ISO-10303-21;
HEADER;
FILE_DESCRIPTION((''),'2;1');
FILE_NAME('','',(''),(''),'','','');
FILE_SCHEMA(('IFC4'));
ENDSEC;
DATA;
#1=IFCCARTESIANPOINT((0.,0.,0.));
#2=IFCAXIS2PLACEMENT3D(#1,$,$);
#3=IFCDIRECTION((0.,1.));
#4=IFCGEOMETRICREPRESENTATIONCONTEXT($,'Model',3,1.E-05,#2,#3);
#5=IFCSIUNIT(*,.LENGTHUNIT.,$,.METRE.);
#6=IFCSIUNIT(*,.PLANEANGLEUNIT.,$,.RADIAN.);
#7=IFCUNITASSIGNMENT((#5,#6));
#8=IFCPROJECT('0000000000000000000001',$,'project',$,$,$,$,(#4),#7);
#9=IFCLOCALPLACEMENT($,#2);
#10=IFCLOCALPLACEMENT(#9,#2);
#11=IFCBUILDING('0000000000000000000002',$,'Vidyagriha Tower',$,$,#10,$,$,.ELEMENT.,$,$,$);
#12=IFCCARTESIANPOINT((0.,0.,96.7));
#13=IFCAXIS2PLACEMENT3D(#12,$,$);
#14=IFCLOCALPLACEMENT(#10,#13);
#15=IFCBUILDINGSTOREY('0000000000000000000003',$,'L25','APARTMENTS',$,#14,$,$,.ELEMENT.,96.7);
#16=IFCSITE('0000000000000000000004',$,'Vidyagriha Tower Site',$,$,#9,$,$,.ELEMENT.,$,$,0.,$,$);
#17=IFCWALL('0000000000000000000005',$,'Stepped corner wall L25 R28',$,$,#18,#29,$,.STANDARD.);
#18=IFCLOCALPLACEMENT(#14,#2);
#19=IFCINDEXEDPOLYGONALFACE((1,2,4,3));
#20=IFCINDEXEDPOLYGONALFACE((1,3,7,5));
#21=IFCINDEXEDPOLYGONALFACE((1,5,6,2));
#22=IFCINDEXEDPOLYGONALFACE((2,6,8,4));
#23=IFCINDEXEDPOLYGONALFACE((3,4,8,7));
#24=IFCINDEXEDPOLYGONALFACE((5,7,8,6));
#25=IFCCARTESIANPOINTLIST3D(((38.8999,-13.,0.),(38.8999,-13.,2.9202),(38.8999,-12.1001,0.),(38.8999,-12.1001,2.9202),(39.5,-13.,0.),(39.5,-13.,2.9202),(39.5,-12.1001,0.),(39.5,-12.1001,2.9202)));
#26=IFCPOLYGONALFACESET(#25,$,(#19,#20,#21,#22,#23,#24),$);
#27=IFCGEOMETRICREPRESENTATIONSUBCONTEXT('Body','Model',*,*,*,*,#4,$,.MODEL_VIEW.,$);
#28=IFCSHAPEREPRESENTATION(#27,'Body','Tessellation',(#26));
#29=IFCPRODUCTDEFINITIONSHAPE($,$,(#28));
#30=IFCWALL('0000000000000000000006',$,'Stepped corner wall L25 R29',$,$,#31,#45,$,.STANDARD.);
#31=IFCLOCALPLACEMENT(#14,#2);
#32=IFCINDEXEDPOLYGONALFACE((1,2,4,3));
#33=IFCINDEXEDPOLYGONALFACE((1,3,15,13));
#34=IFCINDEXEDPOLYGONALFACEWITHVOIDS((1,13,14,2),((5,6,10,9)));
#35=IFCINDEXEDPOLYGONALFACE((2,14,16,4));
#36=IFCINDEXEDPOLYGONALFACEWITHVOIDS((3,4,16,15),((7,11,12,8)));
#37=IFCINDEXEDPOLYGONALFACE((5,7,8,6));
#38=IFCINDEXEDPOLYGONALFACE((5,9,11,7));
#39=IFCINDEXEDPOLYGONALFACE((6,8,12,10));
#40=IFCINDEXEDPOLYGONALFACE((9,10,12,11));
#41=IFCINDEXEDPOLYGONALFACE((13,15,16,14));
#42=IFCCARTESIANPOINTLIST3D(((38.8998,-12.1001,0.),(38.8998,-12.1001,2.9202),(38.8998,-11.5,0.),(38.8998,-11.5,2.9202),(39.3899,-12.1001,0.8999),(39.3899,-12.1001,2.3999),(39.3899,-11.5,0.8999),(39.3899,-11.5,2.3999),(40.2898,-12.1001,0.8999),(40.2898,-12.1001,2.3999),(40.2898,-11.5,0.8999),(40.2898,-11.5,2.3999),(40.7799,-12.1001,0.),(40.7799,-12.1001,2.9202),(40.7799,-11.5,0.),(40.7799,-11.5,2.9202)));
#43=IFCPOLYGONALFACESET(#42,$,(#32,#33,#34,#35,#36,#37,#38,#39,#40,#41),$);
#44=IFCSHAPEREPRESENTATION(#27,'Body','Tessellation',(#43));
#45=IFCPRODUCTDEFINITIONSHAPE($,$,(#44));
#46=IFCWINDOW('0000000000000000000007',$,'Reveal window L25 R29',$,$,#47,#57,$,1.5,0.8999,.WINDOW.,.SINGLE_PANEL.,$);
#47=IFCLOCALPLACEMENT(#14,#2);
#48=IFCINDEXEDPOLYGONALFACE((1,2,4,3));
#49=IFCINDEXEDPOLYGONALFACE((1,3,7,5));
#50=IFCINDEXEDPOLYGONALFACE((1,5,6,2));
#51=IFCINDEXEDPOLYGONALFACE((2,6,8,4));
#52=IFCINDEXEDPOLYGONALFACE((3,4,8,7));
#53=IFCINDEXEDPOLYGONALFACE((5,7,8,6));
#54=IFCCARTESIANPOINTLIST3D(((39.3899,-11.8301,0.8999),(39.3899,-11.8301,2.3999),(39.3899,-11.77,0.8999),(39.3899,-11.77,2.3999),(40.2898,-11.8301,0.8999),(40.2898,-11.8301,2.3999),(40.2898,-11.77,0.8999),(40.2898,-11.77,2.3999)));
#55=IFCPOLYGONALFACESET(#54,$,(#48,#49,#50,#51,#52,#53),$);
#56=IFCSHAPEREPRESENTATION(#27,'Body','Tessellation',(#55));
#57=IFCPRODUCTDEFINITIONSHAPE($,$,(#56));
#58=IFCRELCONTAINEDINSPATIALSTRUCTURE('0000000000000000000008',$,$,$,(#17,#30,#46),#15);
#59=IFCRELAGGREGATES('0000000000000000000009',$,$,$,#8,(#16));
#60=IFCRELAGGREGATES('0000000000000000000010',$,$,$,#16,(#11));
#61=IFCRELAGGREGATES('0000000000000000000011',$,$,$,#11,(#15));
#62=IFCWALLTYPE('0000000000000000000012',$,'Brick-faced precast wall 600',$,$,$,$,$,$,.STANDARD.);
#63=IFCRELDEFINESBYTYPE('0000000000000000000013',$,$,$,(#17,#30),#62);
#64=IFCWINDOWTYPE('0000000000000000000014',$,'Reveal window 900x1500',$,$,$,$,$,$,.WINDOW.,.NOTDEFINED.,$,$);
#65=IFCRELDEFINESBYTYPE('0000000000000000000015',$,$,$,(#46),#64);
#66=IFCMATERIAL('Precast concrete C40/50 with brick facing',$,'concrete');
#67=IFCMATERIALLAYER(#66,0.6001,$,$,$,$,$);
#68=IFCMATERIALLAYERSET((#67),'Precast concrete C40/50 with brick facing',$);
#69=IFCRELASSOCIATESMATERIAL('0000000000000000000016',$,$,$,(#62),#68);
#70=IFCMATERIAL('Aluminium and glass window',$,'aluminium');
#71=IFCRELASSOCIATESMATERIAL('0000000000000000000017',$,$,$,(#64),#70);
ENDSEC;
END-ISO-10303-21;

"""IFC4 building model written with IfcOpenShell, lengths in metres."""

from ifc_helpers import new_model, si_unit, direction, frame, frame_2d, origin, place, context, subcontext, project, spatial, rectangle, extrude, material, layer, layer_set, type_object, element, fill, save


model = new_model("IFC4")

# Units and contexts
model_context = context("Model", 3, precision=1e-05, world=origin(), true_north=direction((0.0, 1.0)))
body_context = subcontext(model_context, "Body", "Model", "MODEL_VIEW")
ifc_project = project(units=[si_unit("LENGTHUNIT", "METRE"), si_unit("PLANEANGLEUNIT", "RADIAN")], contexts=[model_context])

# Site, building, storey
site_placement = place(None, origin())
site = spatial("IfcSite", under=ifc_project, at=site_placement, Name="Vidyagriha Tower Site", CompositionType="ELEMENT", RefElevation=0.0)
building_placement = place(site_placement, origin())
building = spatial("IfcBuilding", under=site, at=building_placement, Name="Vidyagriha Tower", CompositionType="ELEMENT")
storey_placement = place(building_placement, frame((0.0, 0.0, 96.7)))
storey = spatial("IfcBuildingStorey", under=building, at=storey_placement, Name="L25", Description="APARTMENTS", CompositionType="ELEMENT", Elevation=96.7)

# Shared definitions
ifc_material_1 = material(Name="Precast concrete C40/50 with brick facing", Category="concrete")
ifc_layer_1 = layer(ifc_material_1, 0.6001)
ifc_layer_set_1 = layer_set([ifc_layer_1], Name="Precast concrete C40/50 with brick facing")
wall_type = type_object("IfcWallType", Name="Brick-faced precast wall 600", PredefinedType="STANDARD", material=ifc_layer_set_1)

# Shared definitions
ifc_material_2 = material(Name="Aluminium and glass window", Category="aluminium")
window_type = type_object("IfcWindowType", Name="Reveal window 900x1500", PartitioningType="NOTDEFINED", PredefinedType="WINDOW", material=ifc_material_2)

# Wall
wall_1_placement = place(storey_placement, frame((39.2, -13.0, 0.0), z_axis=(0.0, 0.0, 1.0), x_axis=(0.0, 1.0, 0.0)))
element("IfcWall", 1, at=wall_1_placement, inside=storey, type_object=wall_type, Name="Stepped corner wall L25 R28", PredefinedType="STANDARD", context=body_context, shape_type="SweptSolid", body=[
    extrude(rectangle(XDim=0.8999, YDim=0.6001, at=frame_2d((0.45, 0.0))), origin(), (0.0, 0.0, 1.0), 2.9202),
])

# Wall, opening, window
wall_2_placement = place(storey_placement, frame((38.8999, -11.8, 0.0)))
wall_2 = element("IfcWall", 2, at=wall_2_placement, inside=storey, type_object=wall_type, Name="Stepped corner wall L25 R29", PredefinedType="STANDARD", context=body_context, shape_type="SweptSolid", body=[
    extrude(rectangle(XDim=1.8801, YDim=0.6001, at=frame_2d((0.9399, 0.0))), origin(), (0.0, 0.0, 1.0), 2.9202),
])
opening_1_placement = place(wall_2_placement, frame((0.49, 0.0, 0.8999)))
opening_1 = element("IfcOpeningElement", 3, at=opening_1_placement, cuts=wall_2, PredefinedType="OPENING", context=body_context, shape_type="SweptSolid", body=[
    extrude(rectangle(XDim=0.8999, YDim=1.5, at=frame_2d((0.45, 0.75))), frame((0.0, 0.3101, 0.0), z_axis=(0.0, -1.0, 0.0), x_axis=(1.0, 0.0, 0.0)), (0.0, 0.0, 1.0), 0.6201),
])
window_1_placement = place(opening_1_placement, origin())
window_1 = element("IfcWindow", 4, at=window_1_placement, inside=storey, type_object=window_type, Name="Reveal window L25 R29", OverallHeight=1.5, OverallWidth=0.8999, PartitioningType="SINGLE_PANEL", PredefinedType="WINDOW", context=body_context, shape_type="SweptSolid", body=[
    extrude(rectangle(XDim=0.8999, YDim=1.5, at=frame_2d((0.45, 0.75))), frame((0.0, 0.03, 0.0), z_axis=(0.0, -1.0, 0.0), x_axis=(1.0, 0.0, 0.0)), (0.0, 0.0, 1.0), 0.0601),
])
fill(opening_1, window_1)

save(model, "model.ifc")
